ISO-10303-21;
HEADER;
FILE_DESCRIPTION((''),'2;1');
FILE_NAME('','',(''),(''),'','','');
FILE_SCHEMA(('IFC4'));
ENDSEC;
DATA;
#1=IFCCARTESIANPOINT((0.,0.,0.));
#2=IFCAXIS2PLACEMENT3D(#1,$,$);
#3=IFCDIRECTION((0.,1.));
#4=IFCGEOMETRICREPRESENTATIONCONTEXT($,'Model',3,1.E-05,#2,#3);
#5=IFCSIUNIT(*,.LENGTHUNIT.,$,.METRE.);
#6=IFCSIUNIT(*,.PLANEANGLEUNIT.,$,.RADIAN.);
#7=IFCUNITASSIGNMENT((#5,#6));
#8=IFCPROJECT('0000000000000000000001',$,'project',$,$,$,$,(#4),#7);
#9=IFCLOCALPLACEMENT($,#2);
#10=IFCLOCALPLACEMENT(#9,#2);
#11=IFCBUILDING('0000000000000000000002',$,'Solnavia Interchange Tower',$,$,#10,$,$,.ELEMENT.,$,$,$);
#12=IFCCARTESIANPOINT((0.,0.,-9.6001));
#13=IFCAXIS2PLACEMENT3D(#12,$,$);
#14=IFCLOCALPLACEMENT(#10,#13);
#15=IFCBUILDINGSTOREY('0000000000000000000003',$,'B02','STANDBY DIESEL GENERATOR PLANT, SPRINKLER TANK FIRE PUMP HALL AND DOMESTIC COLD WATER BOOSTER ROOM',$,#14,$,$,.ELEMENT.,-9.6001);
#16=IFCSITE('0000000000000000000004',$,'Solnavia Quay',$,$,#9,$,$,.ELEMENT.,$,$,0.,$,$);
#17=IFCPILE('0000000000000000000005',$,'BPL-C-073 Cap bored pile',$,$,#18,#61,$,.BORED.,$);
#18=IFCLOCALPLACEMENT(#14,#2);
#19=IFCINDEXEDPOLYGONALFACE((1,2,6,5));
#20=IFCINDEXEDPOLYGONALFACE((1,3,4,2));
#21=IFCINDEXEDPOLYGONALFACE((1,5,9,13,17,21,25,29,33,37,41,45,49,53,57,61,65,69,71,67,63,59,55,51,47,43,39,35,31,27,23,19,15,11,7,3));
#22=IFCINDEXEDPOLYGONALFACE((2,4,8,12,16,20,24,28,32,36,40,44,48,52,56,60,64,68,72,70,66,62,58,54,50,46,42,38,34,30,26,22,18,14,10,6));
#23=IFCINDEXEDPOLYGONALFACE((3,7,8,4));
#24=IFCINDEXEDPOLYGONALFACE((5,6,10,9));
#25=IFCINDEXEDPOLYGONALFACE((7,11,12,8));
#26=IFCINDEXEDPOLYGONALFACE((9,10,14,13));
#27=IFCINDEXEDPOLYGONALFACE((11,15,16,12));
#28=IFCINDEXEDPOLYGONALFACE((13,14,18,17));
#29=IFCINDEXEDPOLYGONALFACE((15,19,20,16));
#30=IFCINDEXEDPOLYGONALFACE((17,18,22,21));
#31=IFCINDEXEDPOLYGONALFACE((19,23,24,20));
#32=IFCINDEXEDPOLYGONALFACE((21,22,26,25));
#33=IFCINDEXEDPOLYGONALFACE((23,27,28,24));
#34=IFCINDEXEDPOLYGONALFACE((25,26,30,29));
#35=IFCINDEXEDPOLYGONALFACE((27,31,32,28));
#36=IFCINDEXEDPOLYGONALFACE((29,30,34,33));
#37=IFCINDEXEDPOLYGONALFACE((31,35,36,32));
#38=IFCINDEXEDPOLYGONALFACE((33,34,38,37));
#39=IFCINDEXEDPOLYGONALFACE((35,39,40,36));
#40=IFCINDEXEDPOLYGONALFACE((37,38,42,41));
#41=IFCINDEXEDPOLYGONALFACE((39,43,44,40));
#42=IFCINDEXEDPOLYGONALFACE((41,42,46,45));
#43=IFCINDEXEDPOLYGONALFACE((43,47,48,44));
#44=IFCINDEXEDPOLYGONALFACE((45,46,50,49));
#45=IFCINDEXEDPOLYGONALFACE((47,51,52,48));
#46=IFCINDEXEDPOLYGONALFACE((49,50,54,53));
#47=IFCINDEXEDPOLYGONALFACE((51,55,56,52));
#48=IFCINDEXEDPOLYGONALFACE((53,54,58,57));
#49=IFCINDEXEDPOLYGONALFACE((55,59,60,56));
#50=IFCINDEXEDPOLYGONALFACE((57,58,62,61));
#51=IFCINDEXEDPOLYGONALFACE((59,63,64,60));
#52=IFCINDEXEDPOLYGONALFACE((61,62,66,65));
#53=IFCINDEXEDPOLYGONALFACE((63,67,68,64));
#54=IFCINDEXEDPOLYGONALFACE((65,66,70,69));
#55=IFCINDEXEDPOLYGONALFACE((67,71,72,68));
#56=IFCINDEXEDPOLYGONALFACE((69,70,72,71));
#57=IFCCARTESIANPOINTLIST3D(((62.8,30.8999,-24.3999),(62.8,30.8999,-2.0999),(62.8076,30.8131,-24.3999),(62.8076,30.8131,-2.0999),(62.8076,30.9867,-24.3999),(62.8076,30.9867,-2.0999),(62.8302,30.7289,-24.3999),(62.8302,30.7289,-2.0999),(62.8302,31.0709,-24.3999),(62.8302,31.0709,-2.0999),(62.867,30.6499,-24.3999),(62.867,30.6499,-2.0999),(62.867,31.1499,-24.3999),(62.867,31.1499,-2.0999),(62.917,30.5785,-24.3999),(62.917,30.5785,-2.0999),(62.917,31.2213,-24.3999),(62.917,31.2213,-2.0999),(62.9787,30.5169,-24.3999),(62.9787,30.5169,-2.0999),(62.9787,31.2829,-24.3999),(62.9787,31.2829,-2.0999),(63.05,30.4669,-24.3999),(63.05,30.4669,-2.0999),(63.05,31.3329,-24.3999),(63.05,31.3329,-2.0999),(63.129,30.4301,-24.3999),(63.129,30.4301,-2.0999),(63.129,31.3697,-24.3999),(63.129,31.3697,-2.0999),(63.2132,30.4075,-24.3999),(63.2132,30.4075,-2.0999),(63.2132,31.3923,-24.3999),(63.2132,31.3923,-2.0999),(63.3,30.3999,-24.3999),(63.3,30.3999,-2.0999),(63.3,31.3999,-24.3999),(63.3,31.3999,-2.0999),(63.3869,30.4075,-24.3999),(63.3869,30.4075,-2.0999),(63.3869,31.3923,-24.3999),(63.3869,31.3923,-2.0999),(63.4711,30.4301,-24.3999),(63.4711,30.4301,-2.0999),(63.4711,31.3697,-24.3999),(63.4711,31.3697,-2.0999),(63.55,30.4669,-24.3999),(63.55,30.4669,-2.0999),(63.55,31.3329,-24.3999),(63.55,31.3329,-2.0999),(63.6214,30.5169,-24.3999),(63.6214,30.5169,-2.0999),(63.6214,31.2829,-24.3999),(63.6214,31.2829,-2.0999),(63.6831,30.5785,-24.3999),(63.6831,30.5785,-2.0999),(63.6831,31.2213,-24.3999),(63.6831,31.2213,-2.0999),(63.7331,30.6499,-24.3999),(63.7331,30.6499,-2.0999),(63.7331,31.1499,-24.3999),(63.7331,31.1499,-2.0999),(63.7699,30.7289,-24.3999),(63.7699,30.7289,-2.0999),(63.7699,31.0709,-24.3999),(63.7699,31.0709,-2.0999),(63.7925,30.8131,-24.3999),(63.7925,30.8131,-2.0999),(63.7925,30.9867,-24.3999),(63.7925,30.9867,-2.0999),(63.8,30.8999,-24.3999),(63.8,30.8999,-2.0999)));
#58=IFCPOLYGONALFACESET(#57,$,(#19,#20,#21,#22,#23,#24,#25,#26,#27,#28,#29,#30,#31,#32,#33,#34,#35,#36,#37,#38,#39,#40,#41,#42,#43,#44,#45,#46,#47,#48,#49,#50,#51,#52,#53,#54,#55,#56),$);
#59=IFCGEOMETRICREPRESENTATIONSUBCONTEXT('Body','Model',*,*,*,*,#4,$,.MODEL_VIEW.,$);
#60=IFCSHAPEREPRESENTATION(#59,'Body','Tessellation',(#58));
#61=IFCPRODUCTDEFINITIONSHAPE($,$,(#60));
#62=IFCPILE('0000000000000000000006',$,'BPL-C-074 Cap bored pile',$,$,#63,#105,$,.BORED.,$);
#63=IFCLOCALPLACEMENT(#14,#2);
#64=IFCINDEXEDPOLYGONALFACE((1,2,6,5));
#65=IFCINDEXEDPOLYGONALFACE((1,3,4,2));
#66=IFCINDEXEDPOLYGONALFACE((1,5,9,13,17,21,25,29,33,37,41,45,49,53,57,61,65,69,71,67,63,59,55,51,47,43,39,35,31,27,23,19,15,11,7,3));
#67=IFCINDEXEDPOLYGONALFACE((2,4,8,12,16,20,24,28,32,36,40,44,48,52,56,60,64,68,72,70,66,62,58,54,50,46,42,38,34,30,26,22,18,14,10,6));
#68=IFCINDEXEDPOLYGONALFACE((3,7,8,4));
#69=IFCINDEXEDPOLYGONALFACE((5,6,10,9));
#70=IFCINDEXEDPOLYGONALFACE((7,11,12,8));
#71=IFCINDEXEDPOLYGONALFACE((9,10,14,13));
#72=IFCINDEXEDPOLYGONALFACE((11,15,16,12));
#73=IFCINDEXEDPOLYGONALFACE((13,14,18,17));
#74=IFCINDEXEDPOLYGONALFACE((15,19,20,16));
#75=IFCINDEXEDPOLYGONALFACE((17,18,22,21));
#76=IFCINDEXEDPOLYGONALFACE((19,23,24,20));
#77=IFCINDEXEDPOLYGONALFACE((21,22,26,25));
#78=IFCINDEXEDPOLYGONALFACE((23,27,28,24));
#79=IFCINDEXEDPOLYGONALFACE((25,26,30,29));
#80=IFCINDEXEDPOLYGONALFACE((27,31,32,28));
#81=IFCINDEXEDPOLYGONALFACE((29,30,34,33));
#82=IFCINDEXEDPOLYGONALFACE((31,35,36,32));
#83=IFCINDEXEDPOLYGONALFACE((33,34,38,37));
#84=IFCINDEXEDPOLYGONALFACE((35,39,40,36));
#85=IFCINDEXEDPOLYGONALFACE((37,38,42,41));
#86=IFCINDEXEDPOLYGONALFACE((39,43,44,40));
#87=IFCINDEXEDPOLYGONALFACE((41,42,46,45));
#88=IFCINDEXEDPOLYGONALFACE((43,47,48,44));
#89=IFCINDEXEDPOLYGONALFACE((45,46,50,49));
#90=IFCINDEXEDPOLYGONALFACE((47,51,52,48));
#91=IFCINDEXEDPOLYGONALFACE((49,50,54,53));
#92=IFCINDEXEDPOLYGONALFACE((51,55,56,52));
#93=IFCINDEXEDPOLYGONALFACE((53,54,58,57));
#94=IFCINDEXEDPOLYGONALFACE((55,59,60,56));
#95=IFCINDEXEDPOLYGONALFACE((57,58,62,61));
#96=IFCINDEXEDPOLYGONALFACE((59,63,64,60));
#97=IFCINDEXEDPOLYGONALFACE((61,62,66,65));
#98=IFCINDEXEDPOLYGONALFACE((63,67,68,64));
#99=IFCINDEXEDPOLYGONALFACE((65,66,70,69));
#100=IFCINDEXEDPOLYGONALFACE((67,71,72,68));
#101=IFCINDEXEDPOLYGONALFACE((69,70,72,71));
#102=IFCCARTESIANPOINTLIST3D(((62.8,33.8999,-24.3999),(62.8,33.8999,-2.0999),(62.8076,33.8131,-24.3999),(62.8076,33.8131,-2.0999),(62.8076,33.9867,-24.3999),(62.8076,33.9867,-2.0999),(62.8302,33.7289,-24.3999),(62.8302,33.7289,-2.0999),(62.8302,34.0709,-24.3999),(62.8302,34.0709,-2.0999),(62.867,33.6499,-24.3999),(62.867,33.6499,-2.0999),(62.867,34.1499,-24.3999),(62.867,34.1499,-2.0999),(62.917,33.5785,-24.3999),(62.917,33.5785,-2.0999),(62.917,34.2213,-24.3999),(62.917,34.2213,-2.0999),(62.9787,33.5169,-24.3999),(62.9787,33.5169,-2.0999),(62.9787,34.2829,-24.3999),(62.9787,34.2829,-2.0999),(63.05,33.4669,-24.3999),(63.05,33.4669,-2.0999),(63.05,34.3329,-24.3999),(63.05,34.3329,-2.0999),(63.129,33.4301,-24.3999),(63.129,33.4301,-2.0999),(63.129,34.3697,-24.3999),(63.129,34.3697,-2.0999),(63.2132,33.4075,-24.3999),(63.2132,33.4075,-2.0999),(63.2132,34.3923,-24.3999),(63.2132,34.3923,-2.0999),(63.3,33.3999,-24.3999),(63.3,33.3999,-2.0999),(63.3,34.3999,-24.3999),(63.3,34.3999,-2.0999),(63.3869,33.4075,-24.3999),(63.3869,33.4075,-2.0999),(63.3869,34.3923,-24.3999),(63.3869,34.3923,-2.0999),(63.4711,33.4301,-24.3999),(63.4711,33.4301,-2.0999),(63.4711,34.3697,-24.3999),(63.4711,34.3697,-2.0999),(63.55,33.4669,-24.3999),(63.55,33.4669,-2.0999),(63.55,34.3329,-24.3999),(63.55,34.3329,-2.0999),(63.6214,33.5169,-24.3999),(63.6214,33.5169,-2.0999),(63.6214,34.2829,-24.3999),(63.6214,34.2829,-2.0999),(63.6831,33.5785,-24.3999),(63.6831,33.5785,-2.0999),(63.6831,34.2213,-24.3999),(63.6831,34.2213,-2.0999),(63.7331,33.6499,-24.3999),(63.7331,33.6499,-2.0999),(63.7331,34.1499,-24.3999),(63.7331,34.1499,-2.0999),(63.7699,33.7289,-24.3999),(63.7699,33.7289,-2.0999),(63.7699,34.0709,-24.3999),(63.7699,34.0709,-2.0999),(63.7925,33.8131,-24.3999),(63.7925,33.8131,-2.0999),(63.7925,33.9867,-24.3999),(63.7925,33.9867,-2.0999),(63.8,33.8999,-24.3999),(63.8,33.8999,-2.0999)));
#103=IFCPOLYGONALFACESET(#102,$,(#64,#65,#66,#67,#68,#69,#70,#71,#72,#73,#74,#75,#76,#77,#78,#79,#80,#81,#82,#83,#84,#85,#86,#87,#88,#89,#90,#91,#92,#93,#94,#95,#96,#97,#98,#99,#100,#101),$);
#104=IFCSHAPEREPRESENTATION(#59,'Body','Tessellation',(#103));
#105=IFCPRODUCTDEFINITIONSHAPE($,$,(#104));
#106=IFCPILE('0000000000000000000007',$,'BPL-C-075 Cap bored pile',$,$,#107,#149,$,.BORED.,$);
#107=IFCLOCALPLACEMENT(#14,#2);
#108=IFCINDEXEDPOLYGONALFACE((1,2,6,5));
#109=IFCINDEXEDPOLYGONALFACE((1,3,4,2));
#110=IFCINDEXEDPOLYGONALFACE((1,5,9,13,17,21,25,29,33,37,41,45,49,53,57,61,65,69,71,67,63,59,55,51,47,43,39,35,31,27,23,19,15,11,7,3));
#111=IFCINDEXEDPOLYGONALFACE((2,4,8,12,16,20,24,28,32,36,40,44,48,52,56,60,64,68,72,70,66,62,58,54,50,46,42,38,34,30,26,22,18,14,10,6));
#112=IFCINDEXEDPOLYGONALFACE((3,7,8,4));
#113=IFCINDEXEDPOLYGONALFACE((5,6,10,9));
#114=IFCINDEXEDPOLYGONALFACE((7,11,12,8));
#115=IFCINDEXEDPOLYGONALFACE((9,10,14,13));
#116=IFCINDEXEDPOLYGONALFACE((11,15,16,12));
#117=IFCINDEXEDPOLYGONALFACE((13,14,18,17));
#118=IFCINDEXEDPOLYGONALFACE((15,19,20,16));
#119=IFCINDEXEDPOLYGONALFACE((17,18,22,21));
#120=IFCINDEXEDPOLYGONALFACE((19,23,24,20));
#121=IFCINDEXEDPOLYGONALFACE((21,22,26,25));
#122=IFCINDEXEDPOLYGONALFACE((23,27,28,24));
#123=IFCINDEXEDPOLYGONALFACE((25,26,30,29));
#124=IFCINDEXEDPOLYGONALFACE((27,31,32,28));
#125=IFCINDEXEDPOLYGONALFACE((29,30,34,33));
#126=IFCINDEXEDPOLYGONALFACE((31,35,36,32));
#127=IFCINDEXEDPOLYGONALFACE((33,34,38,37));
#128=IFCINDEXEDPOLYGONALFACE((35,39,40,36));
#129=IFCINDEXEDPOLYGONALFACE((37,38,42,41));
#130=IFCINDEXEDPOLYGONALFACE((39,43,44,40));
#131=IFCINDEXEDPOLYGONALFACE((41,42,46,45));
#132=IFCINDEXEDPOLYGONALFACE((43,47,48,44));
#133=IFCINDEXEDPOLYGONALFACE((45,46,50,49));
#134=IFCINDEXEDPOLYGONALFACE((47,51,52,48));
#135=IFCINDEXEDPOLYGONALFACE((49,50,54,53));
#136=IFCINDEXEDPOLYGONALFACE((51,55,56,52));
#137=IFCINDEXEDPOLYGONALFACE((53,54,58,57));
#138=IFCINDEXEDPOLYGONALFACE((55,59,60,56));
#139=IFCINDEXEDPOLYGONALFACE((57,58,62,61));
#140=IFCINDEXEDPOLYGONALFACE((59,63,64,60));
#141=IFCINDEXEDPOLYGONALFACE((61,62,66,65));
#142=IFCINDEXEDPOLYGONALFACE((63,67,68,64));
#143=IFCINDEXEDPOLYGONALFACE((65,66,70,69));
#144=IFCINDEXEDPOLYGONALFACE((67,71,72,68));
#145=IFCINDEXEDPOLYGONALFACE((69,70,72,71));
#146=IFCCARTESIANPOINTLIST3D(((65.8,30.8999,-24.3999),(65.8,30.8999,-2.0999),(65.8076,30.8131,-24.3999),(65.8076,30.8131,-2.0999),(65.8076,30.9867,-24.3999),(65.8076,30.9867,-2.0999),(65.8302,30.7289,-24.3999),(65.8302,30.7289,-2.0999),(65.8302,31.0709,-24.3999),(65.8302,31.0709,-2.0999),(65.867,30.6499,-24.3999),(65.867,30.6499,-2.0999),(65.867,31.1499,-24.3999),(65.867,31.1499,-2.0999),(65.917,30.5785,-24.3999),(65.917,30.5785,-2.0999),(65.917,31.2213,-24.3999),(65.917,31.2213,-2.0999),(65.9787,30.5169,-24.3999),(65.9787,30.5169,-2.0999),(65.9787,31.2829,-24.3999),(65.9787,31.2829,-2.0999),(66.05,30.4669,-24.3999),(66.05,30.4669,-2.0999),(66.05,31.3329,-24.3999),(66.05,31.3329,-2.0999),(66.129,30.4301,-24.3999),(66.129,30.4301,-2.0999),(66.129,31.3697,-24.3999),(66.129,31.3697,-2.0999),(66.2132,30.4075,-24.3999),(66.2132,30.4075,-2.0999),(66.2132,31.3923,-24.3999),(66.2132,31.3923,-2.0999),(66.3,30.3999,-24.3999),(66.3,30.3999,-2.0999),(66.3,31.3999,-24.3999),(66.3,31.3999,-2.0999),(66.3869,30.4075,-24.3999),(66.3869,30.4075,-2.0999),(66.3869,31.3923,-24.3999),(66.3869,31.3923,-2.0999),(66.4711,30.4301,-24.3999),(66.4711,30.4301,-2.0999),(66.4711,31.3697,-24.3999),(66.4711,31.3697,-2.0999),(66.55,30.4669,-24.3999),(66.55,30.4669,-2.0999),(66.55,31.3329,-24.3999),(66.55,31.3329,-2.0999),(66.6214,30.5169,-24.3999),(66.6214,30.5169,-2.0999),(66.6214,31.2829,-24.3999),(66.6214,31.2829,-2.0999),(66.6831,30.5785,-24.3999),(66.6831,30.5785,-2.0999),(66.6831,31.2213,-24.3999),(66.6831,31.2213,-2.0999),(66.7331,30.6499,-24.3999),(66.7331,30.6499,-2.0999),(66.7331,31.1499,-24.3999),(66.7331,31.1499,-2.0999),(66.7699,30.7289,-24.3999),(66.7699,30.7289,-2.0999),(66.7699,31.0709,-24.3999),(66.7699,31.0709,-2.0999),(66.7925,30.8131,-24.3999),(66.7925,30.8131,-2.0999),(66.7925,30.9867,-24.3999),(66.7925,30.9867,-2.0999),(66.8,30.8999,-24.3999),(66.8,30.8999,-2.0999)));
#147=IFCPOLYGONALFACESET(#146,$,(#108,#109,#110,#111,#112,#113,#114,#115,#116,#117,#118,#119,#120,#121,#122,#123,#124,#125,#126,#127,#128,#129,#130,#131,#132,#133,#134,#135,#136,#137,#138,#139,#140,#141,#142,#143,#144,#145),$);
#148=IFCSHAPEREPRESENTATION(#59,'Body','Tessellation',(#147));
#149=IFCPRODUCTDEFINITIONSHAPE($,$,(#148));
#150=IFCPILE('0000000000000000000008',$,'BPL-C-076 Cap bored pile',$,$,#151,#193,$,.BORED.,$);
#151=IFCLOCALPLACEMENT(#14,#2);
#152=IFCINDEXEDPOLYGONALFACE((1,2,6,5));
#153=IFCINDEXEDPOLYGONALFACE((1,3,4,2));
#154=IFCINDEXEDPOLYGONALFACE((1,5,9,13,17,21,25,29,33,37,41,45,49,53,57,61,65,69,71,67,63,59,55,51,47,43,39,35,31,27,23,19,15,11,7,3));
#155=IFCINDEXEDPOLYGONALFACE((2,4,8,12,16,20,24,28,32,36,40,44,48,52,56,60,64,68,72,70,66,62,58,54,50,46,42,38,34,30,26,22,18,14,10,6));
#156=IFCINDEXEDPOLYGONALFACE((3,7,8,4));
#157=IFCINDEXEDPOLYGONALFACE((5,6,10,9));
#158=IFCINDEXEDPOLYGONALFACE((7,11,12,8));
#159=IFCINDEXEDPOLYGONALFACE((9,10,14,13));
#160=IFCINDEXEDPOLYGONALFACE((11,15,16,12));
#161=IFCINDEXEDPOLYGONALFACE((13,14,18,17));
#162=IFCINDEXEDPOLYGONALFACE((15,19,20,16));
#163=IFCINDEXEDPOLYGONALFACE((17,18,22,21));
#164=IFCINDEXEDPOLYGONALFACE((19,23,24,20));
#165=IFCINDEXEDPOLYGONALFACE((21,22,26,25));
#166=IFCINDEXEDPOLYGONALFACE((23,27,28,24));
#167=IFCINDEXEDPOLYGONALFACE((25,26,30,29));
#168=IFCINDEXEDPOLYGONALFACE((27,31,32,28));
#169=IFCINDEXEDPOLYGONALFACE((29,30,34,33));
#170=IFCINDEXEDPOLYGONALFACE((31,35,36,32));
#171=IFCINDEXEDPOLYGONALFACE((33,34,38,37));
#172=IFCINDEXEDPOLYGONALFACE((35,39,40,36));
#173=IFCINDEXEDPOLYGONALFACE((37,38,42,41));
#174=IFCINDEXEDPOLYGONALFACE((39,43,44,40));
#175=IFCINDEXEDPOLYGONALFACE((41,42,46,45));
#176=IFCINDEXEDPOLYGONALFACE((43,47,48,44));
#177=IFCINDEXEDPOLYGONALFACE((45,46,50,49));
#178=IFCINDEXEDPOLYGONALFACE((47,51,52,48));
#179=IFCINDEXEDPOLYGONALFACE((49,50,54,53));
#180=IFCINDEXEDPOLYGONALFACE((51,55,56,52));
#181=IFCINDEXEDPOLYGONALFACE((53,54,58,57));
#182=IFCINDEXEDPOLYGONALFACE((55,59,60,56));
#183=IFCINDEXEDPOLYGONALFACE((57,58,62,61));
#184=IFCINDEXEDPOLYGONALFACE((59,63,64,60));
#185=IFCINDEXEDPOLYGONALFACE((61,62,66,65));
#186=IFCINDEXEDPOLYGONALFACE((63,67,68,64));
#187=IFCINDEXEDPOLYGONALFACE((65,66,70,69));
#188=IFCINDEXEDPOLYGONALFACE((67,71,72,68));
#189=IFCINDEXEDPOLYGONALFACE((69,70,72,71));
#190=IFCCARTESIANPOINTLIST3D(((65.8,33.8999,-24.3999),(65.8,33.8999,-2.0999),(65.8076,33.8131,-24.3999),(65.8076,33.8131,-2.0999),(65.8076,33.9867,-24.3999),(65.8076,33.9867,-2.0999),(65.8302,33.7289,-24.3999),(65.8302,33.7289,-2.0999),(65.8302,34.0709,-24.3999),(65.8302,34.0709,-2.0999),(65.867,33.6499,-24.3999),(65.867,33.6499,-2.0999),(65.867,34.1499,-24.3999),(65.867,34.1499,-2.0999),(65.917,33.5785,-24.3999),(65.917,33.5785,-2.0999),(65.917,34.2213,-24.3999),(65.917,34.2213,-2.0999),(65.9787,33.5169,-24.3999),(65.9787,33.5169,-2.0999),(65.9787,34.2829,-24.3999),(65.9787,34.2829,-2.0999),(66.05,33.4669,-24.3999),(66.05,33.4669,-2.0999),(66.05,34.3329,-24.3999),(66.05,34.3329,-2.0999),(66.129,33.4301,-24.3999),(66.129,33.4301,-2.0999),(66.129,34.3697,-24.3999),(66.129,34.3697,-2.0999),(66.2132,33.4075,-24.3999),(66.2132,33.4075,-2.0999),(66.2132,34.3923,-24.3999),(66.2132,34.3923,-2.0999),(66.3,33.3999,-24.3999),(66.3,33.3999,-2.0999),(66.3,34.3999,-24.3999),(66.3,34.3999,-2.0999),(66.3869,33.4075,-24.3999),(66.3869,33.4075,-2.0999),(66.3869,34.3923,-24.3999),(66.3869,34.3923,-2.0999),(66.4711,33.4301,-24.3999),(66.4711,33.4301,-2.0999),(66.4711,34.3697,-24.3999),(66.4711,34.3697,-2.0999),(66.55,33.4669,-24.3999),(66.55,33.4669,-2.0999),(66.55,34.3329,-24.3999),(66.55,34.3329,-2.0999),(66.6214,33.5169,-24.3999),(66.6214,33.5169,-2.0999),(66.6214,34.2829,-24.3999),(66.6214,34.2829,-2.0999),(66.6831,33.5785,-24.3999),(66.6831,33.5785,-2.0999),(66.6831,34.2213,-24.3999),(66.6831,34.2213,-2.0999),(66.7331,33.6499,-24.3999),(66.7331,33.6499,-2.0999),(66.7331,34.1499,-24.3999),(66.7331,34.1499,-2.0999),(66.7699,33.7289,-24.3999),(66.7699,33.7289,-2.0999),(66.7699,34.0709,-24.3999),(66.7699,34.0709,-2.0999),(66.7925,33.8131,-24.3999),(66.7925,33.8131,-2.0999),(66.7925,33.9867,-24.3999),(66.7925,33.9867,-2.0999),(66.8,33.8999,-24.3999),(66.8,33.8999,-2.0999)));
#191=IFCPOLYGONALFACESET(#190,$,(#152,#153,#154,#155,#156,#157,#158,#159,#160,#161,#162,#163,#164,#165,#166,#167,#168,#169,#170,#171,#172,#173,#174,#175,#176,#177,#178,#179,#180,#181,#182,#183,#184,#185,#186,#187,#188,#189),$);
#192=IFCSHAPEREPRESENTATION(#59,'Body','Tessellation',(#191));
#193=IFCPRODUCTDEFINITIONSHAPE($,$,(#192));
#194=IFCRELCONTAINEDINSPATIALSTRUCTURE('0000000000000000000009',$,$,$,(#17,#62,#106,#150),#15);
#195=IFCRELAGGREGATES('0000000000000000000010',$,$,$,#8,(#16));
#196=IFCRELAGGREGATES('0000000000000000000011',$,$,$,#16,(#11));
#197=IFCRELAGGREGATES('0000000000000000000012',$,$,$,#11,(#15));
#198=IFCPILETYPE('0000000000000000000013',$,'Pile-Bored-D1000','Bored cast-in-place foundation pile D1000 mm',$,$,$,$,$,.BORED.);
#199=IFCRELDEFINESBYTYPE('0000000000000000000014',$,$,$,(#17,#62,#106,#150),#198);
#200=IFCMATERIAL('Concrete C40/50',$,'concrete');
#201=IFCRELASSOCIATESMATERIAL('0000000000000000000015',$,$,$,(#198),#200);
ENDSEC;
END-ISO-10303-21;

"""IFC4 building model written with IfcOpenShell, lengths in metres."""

from ifc_helpers import new_model, si_unit, direction, frame, origin, origin_2d, place, context, subcontext, project, spatial, circle, extrude, material, material_profile, profile_set, type_object, element, save


model = new_model("IFC4")

# Units and contexts
model_context = context("Model", 3, precision=1e-05, world=origin(), true_north=direction((0.0, 1.0)))
body_context = subcontext(model_context, "Body", "Model", "MODEL_VIEW")
ifc_project = project(units=[si_unit("LENGTHUNIT", "METRE"), si_unit("PLANEANGLEUNIT", "RADIAN")], contexts=[model_context])

# Site, building, storey
site_placement = place(None, origin())
site = spatial("IfcSite", under=ifc_project, at=site_placement, Name="Solnavia Quay", CompositionType="ELEMENT", RefElevation=0.0)
building_placement = place(site_placement, origin())
building = spatial("IfcBuilding", under=site, at=building_placement, Name="Solnavia Interchange Tower", CompositionType="ELEMENT")
storey_placement = place(building_placement, frame((0.0, 0.0, -9.6001)))
storey = spatial("IfcBuildingStorey", under=building, at=storey_placement, Name="B02", Description="STANDBY DIESEL GENERATOR PLANT, SPRINKLER TANK FIRE PUMP HALL AND DOMESTIC COLD WATER BOOSTER ROOM", CompositionType="ELEMENT", Elevation=-9.6001)

# Shared definitions
ifc_material_1 = material(Name="Concrete C40/50", Category="concrete")

# Piles
ifc_material_profile_1 = material_profile(ifc_material_1, circle(Radius=0.5, at=origin_2d()), Name="PILE D1000")
ifc_profile_set_1 = profile_set([ifc_material_profile_1], Name="Concrete C40/50")
pile_type = type_object("IfcPileType", Name="Pile-Bored-D1000", Description="Bored cast-in-place foundation pile D1000 mm", PredefinedType="BORED", material=ifc_profile_set_1)
for number, where, z_axis, x_axis, name in (
    (1, (63.3, 30.8999, -2.0999), (0.0, 0.0, -1.0), (1.0, 0.0, 0.0), "BPL-C-073 Cap bored pile"),
    (2, (63.3, 33.8999, -2.0999), (0.0, 0.0, -1.0), (1.0, 0.0, 0.0), "BPL-C-074 Cap bored pile"),
    (3, (66.3, 30.8999, -2.0999), (0.0, 0.0, -1.0), (1.0, 0.0, 0.0), "BPL-C-075 Cap bored pile"),
    (4, (66.3, 33.8999, -2.0999), (0.0, 0.0, -1.0), (1.0, 0.0, 0.0), "BPL-C-076 Cap bored pile"),
):
    element("IfcPile", number, at=place(storey_placement, frame(where, z_axis=z_axis, x_axis=x_axis)), inside=storey, type_object=pile_type, Name=name, PredefinedType="BORED", context=body_context, shape_type="SweptSolid", body=[
        extrude(circle(Radius=0.5, at=origin_2d()), origin(), (0.0, 0.0, 1.0), 22.3),
    ])

save(model, "model.ifc")
